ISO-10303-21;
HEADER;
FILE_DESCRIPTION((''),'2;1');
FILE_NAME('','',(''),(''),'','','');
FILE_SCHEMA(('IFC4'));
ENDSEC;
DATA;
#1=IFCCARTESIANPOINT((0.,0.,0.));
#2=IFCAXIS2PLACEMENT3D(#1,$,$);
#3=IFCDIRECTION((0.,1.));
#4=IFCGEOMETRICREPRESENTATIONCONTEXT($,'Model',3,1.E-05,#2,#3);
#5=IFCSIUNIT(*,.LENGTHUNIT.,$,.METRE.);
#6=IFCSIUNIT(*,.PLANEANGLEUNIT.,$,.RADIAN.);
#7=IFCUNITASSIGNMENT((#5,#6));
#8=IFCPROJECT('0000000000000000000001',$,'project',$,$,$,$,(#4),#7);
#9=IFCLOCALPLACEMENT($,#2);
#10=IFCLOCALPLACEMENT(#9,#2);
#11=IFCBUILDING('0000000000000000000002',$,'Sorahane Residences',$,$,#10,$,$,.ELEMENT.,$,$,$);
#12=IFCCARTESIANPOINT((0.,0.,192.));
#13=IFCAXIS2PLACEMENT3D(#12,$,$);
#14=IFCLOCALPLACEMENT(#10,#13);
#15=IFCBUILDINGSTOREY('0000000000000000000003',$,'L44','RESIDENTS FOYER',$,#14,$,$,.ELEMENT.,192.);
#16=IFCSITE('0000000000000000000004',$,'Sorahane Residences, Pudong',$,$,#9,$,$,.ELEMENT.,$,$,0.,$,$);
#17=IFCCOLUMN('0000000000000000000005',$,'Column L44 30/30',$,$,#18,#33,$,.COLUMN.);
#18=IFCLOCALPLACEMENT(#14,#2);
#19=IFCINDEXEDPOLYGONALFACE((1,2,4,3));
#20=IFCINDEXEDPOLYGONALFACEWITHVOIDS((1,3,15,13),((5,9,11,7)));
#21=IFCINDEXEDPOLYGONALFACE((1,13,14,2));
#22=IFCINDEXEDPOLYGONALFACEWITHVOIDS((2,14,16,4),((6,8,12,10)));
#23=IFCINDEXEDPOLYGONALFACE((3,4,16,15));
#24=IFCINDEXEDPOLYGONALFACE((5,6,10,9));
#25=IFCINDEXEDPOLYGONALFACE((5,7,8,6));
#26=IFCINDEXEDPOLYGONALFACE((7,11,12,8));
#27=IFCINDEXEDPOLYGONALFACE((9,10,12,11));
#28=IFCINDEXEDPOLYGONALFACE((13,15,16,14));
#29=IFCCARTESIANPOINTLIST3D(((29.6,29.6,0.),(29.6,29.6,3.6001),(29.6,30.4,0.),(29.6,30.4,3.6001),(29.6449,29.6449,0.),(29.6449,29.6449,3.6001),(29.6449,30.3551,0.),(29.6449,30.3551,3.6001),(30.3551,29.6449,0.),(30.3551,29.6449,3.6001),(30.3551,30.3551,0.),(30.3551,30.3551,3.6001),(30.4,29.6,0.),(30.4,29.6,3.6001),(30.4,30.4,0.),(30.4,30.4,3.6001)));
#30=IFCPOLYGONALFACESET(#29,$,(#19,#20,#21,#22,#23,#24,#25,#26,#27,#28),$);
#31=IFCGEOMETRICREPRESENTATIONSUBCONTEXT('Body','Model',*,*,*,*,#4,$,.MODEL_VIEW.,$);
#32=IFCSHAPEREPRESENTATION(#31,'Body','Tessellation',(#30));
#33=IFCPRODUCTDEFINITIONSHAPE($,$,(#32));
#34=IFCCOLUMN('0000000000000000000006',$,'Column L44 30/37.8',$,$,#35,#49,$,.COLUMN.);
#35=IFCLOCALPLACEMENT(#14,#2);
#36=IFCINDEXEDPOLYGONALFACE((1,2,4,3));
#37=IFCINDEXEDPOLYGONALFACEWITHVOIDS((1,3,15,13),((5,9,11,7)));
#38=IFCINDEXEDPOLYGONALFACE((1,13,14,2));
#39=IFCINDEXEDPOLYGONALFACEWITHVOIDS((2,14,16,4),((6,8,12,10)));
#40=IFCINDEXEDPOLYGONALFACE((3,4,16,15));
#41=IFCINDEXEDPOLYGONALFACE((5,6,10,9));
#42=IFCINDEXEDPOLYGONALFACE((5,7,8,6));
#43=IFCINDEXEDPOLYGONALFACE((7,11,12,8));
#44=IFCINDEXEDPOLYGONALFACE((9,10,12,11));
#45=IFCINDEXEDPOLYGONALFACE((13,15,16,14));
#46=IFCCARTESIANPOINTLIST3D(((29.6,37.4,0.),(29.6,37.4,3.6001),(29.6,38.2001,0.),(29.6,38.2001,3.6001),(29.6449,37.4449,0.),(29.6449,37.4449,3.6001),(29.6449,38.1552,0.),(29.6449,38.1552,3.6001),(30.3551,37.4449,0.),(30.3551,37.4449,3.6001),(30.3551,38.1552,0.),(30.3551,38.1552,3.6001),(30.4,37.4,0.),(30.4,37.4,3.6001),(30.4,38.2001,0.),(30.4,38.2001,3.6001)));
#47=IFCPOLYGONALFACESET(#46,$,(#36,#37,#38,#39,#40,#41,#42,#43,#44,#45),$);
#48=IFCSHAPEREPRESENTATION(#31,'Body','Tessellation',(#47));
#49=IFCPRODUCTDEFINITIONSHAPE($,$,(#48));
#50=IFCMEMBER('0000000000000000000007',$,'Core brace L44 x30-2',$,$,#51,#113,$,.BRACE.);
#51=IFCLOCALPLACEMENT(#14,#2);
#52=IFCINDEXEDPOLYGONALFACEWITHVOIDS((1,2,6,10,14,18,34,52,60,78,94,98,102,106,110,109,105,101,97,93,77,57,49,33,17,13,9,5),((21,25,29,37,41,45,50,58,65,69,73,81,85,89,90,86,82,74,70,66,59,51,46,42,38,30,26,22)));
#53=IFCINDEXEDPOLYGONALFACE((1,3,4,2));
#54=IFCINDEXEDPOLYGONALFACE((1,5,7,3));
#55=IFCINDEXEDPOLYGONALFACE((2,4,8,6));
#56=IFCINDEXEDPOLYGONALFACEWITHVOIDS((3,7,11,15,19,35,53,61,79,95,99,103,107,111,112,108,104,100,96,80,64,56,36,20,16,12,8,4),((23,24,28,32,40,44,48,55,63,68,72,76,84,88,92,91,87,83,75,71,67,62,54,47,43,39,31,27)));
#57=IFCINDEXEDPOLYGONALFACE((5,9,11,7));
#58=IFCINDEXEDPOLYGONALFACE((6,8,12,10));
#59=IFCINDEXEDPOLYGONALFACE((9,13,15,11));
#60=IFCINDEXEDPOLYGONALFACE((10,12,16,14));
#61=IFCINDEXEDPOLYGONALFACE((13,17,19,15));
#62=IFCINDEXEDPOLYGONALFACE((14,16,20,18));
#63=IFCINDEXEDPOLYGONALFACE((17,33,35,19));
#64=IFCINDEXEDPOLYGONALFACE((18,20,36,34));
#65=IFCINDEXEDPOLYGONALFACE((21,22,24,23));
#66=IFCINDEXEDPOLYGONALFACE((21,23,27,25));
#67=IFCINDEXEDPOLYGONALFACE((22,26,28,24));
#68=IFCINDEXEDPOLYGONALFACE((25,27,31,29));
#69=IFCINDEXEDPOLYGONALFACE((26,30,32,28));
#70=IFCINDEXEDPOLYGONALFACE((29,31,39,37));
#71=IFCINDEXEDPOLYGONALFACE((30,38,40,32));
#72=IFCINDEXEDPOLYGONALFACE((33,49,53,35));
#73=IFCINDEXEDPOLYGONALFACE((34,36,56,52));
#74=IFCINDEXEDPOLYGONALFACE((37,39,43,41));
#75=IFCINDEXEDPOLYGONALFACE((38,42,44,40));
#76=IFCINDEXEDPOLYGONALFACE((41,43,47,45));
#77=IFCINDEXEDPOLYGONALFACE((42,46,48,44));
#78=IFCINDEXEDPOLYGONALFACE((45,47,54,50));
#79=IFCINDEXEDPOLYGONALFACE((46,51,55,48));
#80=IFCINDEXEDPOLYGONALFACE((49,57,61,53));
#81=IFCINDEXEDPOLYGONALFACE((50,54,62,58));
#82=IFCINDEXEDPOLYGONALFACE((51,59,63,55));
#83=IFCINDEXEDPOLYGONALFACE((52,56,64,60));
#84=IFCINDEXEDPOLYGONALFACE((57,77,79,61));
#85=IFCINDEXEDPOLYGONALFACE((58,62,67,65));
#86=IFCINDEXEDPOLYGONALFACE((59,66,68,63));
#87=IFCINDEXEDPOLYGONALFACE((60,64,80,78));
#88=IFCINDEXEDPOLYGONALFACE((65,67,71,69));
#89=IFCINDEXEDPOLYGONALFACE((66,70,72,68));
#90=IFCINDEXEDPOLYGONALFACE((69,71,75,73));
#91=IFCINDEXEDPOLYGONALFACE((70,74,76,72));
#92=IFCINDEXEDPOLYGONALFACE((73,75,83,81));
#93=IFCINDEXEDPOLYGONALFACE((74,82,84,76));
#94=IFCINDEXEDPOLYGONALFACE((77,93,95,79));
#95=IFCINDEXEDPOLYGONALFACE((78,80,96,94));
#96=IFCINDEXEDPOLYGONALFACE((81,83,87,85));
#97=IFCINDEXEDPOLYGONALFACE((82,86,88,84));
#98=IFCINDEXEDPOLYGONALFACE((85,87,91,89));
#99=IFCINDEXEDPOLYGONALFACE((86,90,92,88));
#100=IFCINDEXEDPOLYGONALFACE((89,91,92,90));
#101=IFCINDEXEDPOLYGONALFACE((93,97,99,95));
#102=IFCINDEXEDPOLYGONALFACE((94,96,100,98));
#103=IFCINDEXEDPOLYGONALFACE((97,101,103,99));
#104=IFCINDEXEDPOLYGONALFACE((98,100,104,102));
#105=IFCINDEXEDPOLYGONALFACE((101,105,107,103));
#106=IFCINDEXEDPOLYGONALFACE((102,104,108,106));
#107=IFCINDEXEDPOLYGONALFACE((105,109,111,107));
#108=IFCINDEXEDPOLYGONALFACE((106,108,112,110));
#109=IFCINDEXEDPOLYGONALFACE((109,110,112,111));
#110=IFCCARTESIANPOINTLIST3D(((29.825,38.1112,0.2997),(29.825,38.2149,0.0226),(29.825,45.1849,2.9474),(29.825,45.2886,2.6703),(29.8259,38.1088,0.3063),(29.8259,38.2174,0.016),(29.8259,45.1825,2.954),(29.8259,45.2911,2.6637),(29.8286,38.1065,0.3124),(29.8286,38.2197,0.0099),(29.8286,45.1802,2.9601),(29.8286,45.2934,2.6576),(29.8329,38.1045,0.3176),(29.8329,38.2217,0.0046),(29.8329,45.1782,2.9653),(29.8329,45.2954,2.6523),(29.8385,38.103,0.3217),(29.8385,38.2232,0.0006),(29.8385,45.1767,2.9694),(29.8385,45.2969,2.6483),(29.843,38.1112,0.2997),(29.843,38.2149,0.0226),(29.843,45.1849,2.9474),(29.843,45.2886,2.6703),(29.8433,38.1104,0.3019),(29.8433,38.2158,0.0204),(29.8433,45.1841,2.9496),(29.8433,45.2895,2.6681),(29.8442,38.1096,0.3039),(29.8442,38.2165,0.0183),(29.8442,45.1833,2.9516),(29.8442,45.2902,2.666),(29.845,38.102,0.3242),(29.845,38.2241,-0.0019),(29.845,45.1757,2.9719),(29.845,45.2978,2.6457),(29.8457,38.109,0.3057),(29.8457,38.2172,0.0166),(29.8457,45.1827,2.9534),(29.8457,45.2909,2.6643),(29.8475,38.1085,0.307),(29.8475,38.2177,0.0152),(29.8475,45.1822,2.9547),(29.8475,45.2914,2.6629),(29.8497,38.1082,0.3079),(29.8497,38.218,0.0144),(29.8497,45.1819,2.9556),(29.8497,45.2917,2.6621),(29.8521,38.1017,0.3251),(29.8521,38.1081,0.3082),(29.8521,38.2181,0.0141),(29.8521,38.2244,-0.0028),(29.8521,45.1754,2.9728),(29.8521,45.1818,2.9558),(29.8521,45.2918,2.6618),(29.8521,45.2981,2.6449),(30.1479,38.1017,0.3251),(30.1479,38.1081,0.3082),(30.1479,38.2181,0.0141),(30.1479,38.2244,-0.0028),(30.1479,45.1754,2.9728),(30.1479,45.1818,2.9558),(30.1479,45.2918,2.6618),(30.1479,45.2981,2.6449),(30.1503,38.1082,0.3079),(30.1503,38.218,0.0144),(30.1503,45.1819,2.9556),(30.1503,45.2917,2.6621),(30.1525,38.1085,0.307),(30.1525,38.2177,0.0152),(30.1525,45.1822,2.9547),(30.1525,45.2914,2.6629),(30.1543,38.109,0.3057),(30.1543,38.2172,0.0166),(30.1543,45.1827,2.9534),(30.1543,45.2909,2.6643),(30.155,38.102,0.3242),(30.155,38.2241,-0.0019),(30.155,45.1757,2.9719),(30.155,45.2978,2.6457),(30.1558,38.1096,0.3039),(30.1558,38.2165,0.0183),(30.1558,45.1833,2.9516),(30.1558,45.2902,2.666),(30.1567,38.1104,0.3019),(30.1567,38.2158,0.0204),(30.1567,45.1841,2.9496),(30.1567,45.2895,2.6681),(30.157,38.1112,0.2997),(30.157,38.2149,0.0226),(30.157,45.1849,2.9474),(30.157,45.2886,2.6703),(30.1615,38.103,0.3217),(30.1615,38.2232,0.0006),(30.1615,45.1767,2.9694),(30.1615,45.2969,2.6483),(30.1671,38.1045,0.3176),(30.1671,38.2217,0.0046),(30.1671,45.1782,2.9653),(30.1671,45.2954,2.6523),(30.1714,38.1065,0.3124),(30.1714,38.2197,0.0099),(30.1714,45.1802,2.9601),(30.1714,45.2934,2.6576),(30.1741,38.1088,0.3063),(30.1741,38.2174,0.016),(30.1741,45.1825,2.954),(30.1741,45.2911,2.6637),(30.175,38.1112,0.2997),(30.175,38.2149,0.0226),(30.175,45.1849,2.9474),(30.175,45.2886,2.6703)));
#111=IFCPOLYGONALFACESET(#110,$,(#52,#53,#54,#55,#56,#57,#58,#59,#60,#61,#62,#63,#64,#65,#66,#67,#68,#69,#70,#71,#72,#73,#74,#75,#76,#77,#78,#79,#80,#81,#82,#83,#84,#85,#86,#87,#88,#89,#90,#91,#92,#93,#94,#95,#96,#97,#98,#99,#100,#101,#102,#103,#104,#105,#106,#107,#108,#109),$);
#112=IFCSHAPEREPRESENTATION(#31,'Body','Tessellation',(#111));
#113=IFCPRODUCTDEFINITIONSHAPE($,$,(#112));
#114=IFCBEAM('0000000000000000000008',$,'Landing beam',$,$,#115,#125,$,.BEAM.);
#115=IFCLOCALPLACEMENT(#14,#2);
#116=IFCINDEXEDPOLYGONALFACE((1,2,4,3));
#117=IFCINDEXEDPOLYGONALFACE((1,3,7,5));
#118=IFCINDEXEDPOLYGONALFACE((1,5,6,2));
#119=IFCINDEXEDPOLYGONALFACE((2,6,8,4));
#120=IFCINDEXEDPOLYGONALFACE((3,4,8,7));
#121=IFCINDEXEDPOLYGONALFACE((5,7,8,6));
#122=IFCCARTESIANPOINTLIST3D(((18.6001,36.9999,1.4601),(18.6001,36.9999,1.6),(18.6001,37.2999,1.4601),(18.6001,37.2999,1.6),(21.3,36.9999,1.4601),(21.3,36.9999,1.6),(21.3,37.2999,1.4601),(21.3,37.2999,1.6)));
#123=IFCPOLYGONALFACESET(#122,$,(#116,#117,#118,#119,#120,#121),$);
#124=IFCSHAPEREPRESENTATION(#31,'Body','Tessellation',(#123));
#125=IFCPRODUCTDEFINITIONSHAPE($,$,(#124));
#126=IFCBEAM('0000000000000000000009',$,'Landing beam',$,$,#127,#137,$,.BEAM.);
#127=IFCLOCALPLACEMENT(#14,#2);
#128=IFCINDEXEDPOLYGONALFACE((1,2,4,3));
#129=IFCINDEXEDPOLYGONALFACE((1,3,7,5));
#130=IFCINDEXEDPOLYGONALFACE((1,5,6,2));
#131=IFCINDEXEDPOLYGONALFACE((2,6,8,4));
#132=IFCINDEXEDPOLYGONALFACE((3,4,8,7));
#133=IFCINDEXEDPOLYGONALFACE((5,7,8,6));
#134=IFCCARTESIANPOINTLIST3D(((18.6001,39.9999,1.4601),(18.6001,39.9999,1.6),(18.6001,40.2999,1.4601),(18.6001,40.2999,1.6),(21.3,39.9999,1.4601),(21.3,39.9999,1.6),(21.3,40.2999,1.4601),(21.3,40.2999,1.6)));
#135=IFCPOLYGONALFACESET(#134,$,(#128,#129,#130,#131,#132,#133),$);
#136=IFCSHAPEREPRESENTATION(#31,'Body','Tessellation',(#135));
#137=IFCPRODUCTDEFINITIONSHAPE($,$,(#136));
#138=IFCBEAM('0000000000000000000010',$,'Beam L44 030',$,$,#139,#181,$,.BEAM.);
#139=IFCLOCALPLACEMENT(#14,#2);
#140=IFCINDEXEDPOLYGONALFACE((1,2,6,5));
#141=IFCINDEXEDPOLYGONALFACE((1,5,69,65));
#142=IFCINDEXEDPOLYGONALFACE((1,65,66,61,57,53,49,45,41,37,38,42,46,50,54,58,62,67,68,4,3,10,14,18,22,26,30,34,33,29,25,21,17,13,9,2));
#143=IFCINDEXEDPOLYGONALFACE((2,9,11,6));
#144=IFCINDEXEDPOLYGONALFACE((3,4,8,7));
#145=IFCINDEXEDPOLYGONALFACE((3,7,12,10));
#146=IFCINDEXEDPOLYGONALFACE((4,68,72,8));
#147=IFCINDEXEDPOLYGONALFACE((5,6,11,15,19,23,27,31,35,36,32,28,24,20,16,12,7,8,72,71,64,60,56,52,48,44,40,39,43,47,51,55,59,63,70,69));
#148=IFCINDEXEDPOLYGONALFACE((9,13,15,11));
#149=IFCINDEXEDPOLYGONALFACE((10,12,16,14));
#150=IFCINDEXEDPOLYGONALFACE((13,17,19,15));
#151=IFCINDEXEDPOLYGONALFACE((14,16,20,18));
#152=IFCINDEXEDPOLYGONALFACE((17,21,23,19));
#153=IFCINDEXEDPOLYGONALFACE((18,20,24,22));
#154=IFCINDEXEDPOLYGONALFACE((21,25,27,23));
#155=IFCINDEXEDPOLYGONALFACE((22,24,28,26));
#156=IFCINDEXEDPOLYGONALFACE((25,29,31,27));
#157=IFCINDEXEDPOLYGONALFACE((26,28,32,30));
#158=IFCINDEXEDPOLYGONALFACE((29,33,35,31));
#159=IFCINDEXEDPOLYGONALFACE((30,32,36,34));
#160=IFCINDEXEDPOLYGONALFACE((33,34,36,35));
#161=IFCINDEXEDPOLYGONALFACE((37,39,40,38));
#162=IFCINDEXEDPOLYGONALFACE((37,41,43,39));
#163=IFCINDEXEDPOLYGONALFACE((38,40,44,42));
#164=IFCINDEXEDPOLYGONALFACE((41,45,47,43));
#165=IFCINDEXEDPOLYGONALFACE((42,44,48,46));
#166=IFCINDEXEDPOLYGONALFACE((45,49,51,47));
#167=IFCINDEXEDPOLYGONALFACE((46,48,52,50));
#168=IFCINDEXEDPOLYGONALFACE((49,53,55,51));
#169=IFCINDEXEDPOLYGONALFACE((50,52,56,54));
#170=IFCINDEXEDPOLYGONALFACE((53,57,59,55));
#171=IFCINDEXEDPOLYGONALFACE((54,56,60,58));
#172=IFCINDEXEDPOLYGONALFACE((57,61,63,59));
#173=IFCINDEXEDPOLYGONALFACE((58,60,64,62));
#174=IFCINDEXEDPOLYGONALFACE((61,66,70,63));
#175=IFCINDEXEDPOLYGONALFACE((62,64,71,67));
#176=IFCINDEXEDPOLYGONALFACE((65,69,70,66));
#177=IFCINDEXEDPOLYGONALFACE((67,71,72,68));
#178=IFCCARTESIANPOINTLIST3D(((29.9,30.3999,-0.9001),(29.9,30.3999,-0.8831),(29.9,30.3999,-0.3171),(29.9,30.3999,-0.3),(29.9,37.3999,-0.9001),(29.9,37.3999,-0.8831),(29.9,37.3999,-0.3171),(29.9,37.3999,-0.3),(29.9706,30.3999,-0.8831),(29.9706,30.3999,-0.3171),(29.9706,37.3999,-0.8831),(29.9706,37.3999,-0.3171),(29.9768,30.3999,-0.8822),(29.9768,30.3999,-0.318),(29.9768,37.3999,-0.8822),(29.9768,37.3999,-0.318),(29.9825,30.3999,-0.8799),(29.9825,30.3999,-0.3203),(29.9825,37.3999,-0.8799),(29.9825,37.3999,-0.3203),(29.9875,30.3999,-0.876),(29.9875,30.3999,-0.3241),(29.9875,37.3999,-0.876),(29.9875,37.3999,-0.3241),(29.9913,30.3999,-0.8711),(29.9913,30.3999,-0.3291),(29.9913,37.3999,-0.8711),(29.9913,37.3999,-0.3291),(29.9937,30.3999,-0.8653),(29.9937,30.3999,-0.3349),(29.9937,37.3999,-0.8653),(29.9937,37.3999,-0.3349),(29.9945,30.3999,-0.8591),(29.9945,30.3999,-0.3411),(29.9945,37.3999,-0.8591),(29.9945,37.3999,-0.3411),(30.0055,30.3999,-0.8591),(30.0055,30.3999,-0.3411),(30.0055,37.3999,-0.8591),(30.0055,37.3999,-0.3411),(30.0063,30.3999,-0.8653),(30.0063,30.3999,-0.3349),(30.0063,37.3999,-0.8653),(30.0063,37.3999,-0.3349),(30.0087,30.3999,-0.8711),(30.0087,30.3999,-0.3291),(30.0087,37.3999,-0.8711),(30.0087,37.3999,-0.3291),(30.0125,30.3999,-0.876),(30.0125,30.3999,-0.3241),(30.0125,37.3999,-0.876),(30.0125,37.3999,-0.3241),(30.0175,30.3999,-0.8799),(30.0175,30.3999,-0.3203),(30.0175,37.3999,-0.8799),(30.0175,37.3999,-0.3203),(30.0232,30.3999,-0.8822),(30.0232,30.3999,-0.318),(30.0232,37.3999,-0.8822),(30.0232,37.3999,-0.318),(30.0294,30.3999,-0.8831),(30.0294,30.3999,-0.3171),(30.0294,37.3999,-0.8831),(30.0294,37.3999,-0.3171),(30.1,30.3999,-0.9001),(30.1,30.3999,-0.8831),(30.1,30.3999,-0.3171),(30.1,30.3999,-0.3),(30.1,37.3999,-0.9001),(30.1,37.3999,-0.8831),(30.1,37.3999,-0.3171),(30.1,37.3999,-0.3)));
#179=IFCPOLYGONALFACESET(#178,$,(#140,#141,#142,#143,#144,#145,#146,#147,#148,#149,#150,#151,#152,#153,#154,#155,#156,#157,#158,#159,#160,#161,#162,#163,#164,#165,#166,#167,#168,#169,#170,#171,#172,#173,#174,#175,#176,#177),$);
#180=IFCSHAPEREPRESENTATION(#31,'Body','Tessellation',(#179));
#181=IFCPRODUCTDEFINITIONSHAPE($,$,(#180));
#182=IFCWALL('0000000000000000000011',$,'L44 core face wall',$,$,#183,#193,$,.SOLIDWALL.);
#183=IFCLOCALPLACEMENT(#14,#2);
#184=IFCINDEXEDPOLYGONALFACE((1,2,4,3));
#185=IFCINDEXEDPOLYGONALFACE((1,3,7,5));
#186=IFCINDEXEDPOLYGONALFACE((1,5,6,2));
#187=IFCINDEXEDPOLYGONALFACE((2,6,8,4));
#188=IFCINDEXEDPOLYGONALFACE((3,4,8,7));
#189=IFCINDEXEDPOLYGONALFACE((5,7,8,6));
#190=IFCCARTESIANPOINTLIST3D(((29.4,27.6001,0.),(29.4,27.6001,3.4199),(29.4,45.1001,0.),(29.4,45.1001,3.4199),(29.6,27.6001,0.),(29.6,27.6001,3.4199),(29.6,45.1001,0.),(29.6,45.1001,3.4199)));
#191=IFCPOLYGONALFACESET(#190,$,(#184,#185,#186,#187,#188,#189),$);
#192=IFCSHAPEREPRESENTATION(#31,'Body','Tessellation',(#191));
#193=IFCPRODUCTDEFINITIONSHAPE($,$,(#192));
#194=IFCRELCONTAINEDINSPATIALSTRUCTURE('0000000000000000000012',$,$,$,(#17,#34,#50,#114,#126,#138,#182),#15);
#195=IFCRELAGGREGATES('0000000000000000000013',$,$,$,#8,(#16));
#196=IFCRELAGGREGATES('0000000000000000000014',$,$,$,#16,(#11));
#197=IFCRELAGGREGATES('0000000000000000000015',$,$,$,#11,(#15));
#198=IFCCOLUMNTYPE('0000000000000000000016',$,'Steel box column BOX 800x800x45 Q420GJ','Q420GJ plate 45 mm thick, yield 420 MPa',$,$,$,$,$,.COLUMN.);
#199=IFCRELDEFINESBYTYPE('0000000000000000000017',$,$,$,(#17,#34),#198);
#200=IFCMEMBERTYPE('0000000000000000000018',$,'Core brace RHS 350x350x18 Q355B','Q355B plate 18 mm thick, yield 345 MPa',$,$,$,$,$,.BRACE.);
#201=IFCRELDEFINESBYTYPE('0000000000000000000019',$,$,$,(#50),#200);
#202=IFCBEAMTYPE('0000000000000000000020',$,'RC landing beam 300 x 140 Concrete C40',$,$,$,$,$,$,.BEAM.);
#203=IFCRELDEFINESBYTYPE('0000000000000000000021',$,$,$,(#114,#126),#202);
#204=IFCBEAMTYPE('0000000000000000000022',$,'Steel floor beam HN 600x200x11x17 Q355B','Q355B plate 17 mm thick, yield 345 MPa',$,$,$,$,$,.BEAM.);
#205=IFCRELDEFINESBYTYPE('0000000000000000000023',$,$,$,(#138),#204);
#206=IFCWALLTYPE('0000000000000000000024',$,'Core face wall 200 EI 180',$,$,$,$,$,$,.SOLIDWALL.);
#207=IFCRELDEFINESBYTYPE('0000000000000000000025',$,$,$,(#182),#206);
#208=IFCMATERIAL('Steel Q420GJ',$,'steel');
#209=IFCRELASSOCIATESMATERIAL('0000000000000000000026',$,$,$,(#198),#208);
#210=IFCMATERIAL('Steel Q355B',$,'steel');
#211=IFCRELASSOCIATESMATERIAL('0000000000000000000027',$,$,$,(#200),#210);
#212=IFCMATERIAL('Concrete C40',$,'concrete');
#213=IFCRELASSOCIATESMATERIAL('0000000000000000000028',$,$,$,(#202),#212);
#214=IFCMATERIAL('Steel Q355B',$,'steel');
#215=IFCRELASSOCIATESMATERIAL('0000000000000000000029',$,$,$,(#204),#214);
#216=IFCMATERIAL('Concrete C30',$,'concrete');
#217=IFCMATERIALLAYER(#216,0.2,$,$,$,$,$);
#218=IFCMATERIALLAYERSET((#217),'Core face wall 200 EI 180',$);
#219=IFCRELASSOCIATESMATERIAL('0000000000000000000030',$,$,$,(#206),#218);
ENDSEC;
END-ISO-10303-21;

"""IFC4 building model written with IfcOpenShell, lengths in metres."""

from ifc_helpers import new_model, si_unit, direction, frame, frame_2d, origin, origin_2d, place, context, subcontext, project, spatial, rectangle, hollow_rectangle, i_section, extrude, material, layer, layer_set, material_profile, profile_set, type_object, element, save


model = new_model("IFC4")

# Units and contexts
model_context = context("Model", 3, precision=1e-05, world=origin(), true_north=direction((0.0, 1.0)))
body_context = subcontext(model_context, "Body", "Model", "MODEL_VIEW")
ifc_project = project(units=[si_unit("LENGTHUNIT", "METRE"), si_unit("PLANEANGLEUNIT", "RADIAN")], contexts=[model_context])

# Site, building, storey
site_placement = place(None, origin())
site = spatial("IfcSite", under=ifc_project, at=site_placement, Name="Sorahane Residences, Pudong", CompositionType="ELEMENT", RefElevation=0.0)
building_placement = place(site_placement, origin())
building = spatial("IfcBuilding", under=site, at=building_placement, Name="Sorahane Residences", CompositionType="ELEMENT")
storey_placement = place(building_placement, frame((0.0, 0.0, 192.0)))
storey = spatial("IfcBuildingStorey", under=building, at=storey_placement, Name="L44", Description="RESIDENTS FOYER", CompositionType="ELEMENT", Elevation=192.0)

# Columns
ifc_material_1 = material(Name="Steel Q420GJ", Category="steel")
ifc_material_profile_1 = material_profile(ifc_material_1, hollow_rectangle(XDim=0.8, YDim=0.8, WallThickness=0.0449, at=origin_2d()), Name="BOX 800x800x45")
ifc_profile_set_1 = profile_set([ifc_material_profile_1], Name="Steel Q420GJ")
column_type = type_object("IfcColumnType", Name="Steel box column BOX 800x800x45 Q420GJ", Description="Q420GJ plate 45 mm thick, yield 420 MPa", PredefinedType="COLUMN", material=ifc_profile_set_1)
for number, where, z_axis, x_axis, name in (
    (1, (30.0, 30.0, 0.0), (0.0, 0.0, 1.0), (1.0, 0.0, 0.0), "Column L44 30/30"),
    (2, (30.0, 37.8, 0.0), (0.0, 0.0, 1.0), (1.0, 0.0, 0.0), "Column L44 30/37.8"),
):
    element("IfcColumn", number, at=place(storey_placement, frame(where, z_axis=z_axis, x_axis=x_axis)), inside=storey, type_object=column_type, Name=name, PredefinedType="COLUMN", context=body_context, shape_type="SweptSolid", body=[
        extrude(hollow_rectangle(XDim=0.8, YDim=0.8, WallThickness=0.0449, at=origin_2d()), origin(), (0.0, 0.0, 1.0), 3.6001),
    ])

# Member
ifc_material_2 = material(Name="Steel Q355B", Category="steel")
ifc_material_profile_2 = material_profile(ifc_material_2, hollow_rectangle(XDim=0.3501, YDim=0.3501, WallThickness=0.0181, InnerFilletRadius=0.009, OuterFilletRadius=0.0271, at=origin_2d()), Name="RHS 350x350x18")
ifc_profile_set_2 = profile_set([ifc_material_profile_2], Name="Steel Q355B")
member_type = type_object("IfcMemberType", Name="Core brace RHS 350x350x18 Q355B", Description="Q355B plate 18 mm thick, yield 345 MPa", PredefinedType="BRACE", material=ifc_profile_set_2)
member_placement = place(storey_placement, frame((30.0, 38.1631, 0.1611), z_axis=(0.0, 0.936544, 0.35055), x_axis=(-1.0, 0.0, 0.0)))
element("IfcMember", 3, at=member_placement, inside=storey, type_object=member_type, Name="Core brace L44 x30-2", PredefinedType="BRACE", context=body_context, shape_type="SweptSolid", body=[
    extrude(hollow_rectangle(XDim=0.3501, YDim=0.3501, WallThickness=0.0181, InnerFilletRadius=0.009, OuterFilletRadius=0.0271, at=origin_2d()), origin(), (0.0, 0.0, 1.0), 7.553),
])

# Beams
ifc_material_3 = material(Name="Concrete C40", Category="concrete")
ifc_material_profile_3 = material_profile(ifc_material_3, rectangle(XDim=0.3, YDim=0.1399, at=origin_2d()), Name="300x140")
ifc_profile_set_3 = profile_set([ifc_material_profile_3], Name="Concrete C40")
beam_type_1 = type_object("IfcBeamType", Name="RC landing beam 300 x 140 Concrete C40", PredefinedType="BEAM", material=ifc_profile_set_3)
for number, where, z_axis, x_axis, name in (
    (4, (18.6001, 37.1499, 1.53), (1.0, 0.0, 0.0), (0.0, 1.0, 0.0), "Landing beam"),
    (5, (18.6001, 40.1499, 1.53), (1.0, 0.0, 0.0), (0.0, 1.0, 0.0), "Landing beam"),
):
    element("IfcBeam", number, at=place(storey_placement, frame(where, z_axis=z_axis, x_axis=x_axis)), inside=storey, type_object=beam_type_1, Name=name, PredefinedType="BEAM", context=body_context, shape_type="SweptSolid", body=[
        extrude(rectangle(XDim=0.3, YDim=0.1399, at=origin_2d()), origin(), (0.0, 0.0, 1.0), 2.7),
    ])
ifc_material_4 = material(Name="Steel Q355B", Category="steel")
ifc_material_profile_4 = material_profile(ifc_material_4, i_section(OverallWidth=0.2, OverallDepth=0.6001, WebThickness=0.011, FlangeThickness=0.0171, FilletRadius=0.0239, at=origin_2d()), Name="HN 600x200x11x17")
ifc_profile_set_4 = profile_set([ifc_material_profile_4], Name="Steel Q355B")
beam_type_2 = type_object("IfcBeamType", Name="Steel floor beam HN 600x200x11x17 Q355B", Description="Q355B plate 17 mm thick, yield 345 MPa", PredefinedType="BEAM", material=ifc_profile_set_4)
beam_placement = place(storey_placement, frame((30.0, 30.3999, -0.6001), z_axis=(0.0, 1.0, 0.0), x_axis=(-1.0, 0.0, 0.0)))
element("IfcBeam", 6, at=beam_placement, inside=storey, type_object=beam_type_2, Name="Beam L44 030", PredefinedType="BEAM", context=body_context, shape_type="SweptSolid", body=[
    extrude(i_section(OverallWidth=0.2, OverallDepth=0.6001, WebThickness=0.011, FlangeThickness=0.0171, FilletRadius=0.0239, at=origin_2d()), origin(), (0.0, 0.0, 1.0), 7.0),
])

# Wall
ifc_material_5 = material(Name="Concrete C30", Category="concrete")
ifc_layer_1 = layer(ifc_material_5, 0.2)
ifc_layer_set_1 = layer_set([ifc_layer_1], Name="Core face wall 200 EI 180")
wall_type_1 = type_object("IfcWallType", Name="Core face wall 200 EI 180", PredefinedType="SOLIDWALL", material=ifc_layer_set_1)
wall_1_placement = place(storey_placement, frame((29.5, 27.6001, 0.0), z_axis=(0.0, 0.0, 1.0), x_axis=(0.0, 1.0, 0.0)))
element("IfcWall", 7, at=wall_1_placement, inside=storey, type_object=wall_type_1, Name="L44 core face wall", PredefinedType="SOLIDWALL", context=body_context, shape_type="SweptSolid", body=[
    extrude(rectangle(XDim=17.5, YDim=0.2, at=frame_2d((8.75, 0.0))), origin(), (0.0, 0.0, 1.0), 3.4199),
])

save(model, "model.ifc")
